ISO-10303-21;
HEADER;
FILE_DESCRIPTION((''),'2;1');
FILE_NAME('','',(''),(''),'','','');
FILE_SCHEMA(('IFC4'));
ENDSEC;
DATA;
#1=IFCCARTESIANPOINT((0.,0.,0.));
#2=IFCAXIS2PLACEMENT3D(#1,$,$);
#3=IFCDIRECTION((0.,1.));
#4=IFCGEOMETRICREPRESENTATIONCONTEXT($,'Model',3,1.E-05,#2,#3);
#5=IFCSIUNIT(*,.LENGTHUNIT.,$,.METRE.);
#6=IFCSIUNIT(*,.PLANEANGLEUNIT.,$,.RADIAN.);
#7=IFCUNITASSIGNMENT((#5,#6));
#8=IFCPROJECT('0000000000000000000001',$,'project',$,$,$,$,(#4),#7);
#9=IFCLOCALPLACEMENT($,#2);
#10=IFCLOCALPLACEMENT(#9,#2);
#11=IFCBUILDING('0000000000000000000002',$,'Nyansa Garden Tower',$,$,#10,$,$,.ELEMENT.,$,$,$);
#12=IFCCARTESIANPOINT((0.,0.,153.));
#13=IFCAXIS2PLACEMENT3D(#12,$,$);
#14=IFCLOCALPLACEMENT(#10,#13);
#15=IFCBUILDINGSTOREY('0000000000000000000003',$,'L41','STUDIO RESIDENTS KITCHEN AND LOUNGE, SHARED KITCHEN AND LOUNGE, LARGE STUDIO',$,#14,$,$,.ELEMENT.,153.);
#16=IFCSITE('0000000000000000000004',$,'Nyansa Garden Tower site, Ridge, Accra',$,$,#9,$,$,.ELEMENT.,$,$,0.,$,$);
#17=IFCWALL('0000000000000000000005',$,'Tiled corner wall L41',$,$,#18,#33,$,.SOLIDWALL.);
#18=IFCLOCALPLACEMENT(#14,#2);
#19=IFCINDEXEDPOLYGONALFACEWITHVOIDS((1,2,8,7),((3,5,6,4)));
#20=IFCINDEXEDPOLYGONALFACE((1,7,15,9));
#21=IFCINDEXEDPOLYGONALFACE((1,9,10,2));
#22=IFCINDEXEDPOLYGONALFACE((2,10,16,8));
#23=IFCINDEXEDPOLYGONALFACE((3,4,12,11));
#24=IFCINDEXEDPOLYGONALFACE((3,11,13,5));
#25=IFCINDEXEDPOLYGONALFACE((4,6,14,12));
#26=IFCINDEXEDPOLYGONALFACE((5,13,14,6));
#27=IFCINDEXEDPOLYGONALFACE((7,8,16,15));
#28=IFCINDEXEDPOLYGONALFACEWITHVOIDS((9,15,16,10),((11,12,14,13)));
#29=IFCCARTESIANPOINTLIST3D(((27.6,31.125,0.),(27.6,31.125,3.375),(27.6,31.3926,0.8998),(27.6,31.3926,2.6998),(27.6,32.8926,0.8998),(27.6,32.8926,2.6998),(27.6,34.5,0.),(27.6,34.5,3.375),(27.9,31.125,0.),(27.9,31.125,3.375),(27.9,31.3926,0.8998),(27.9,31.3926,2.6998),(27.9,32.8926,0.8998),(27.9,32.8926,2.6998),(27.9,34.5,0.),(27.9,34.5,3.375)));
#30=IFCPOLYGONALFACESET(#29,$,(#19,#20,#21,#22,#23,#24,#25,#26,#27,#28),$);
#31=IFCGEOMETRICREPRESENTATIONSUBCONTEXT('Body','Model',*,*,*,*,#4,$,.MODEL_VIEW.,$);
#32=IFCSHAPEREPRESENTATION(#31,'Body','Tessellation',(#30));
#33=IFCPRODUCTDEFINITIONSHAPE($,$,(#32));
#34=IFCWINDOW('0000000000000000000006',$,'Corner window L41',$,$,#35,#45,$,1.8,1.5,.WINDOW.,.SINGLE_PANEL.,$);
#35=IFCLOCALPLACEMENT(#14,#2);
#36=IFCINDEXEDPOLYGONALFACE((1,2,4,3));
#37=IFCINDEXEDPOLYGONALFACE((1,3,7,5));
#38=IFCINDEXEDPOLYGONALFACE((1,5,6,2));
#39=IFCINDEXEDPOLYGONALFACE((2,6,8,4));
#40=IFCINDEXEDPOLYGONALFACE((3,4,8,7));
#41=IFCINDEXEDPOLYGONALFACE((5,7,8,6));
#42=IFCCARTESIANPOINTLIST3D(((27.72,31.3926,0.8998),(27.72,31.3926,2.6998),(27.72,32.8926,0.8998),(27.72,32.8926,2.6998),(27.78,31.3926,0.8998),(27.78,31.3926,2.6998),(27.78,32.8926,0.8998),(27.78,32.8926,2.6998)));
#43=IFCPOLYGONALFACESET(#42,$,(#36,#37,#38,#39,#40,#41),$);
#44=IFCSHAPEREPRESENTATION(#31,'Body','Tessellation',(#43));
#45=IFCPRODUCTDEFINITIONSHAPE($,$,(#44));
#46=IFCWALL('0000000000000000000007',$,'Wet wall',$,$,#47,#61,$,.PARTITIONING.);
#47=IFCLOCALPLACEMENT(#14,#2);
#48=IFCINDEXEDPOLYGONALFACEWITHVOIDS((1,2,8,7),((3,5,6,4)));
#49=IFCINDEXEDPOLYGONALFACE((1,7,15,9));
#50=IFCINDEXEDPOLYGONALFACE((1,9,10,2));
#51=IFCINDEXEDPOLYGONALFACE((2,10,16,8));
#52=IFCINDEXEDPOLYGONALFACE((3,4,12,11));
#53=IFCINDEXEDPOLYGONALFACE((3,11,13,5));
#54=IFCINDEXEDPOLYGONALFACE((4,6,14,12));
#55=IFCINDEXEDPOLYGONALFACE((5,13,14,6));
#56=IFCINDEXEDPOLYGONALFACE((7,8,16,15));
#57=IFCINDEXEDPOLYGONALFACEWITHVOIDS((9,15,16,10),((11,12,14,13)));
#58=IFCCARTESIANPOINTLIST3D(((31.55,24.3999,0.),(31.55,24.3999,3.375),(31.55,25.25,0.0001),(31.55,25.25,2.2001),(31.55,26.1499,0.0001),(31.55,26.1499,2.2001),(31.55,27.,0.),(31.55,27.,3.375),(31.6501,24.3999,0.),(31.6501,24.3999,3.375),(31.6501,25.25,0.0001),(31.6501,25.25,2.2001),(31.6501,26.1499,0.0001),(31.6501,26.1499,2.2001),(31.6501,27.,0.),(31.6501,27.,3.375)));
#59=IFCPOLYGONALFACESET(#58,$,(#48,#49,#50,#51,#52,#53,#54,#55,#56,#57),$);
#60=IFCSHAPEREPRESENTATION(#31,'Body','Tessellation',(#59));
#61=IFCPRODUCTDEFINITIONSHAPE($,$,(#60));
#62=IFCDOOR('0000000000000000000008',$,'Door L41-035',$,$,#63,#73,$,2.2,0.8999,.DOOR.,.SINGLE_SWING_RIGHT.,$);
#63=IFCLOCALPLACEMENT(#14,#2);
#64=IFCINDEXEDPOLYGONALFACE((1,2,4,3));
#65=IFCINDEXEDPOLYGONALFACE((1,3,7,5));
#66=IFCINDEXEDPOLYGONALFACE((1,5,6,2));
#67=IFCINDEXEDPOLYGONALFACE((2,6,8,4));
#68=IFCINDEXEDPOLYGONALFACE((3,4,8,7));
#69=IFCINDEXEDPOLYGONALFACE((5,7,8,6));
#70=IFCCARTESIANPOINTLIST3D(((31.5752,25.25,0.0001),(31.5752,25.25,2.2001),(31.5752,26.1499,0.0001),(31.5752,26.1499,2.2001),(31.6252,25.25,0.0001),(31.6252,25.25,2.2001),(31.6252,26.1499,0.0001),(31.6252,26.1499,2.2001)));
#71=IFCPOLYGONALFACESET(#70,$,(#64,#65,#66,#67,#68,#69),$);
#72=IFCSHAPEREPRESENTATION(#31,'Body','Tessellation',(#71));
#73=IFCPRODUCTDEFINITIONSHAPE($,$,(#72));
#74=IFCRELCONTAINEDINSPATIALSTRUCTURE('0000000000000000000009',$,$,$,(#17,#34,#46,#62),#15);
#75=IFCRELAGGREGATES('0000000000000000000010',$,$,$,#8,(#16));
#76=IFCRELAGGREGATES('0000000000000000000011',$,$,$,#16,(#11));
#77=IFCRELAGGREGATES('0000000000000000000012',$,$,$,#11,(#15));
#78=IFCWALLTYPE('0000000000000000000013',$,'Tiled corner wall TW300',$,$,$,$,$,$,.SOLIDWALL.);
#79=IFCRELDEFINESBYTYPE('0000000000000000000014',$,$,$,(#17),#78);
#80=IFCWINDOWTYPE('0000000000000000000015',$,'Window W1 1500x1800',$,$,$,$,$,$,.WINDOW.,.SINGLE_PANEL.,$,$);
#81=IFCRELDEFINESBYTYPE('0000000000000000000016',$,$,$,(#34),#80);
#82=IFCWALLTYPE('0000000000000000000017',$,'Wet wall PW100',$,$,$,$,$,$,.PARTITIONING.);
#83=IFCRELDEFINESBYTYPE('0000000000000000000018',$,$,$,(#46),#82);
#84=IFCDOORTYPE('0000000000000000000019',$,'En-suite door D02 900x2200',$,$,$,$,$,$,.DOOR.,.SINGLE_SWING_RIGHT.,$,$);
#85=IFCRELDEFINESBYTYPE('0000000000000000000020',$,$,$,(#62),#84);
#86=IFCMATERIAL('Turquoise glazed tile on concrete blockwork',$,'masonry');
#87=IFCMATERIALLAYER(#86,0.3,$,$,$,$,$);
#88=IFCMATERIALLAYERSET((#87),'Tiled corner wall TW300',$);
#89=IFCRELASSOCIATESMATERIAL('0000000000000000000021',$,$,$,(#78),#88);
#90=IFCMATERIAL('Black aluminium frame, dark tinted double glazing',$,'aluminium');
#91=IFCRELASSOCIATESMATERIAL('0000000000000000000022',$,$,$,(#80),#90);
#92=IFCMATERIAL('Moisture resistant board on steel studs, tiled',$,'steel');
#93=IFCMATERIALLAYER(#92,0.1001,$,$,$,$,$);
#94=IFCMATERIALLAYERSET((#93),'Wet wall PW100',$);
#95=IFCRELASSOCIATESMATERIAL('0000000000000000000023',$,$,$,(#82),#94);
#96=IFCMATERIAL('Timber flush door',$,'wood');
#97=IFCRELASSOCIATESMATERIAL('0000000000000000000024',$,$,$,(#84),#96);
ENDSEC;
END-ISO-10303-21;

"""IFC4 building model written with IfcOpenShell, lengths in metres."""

from ifc_helpers import new_model, si_unit, direction, frame, frame_2d, origin, place, context, subcontext, project, spatial, rectangle, extrude, material, layer, layer_set, type_object, element, fill, save


model = new_model("IFC4")

# Units and contexts
model_context = context("Model", 3, precision=1e-05, world=origin(), true_north=direction((0.0, 1.0)))
body_context = subcontext(model_context, "Body", "Model", "MODEL_VIEW")
ifc_project = project(units=[si_unit("LENGTHUNIT", "METRE"), si_unit("PLANEANGLEUNIT", "RADIAN")], contexts=[model_context])

# Site, building, storey
site_placement = place(None, origin())
site = spatial("IfcSite", under=ifc_project, at=site_placement, Name="Nyansa Garden Tower site, Ridge, Accra", CompositionType="ELEMENT", RefElevation=0.0)
building_placement = place(site_placement, origin())
building = spatial("IfcBuilding", under=site, at=building_placement, Name="Nyansa Garden Tower", CompositionType="ELEMENT")
storey_placement = place(building_placement, frame((0.0, 0.0, 153.0)))
storey = spatial("IfcBuildingStorey", under=building, at=storey_placement, Name="L41", Description="STUDIO RESIDENTS KITCHEN AND LOUNGE, SHARED KITCHEN AND LOUNGE, LARGE STUDIO", CompositionType="ELEMENT", Elevation=153.0)

# Wall, opening, window
ifc_material_1 = material(Name="Turquoise glazed tile on concrete blockwork", Category="masonry")
ifc_layer_1 = layer(ifc_material_1, 0.3)
ifc_layer_set_1 = layer_set([ifc_layer_1], Name="Tiled corner wall TW300")
wall_type_1 = type_object("IfcWallType", Name="Tiled corner wall TW300", PredefinedType="SOLIDWALL", material=ifc_layer_set_1)
ifc_material_2 = material(Name="Black aluminium frame, dark tinted double glazing", Category="aluminium")
window_type_1 = type_object("IfcWindowType", Name="Window W1 1500x1800", PartitioningType="SINGLE_PANEL", PredefinedType="WINDOW", material=ifc_material_2)
wall_1_placement = place(storey_placement, frame((27.75, 31.125, 0.0), z_axis=(0.0, 0.0, 1.0), x_axis=(0.0, 1.0, 0.0)))
wall_1 = element("IfcWall", 1, at=wall_1_placement, inside=storey, type_object=wall_type_1, Name="Tiled corner wall L41", PredefinedType="SOLIDWALL", context=body_context, shape_type="SweptSolid", body=[
    extrude(rectangle(XDim=3.375, YDim=0.3, at=frame_2d((1.6875, 0.0))), origin(), (0.0, 0.0, 1.0), 3.375),
])
opening_1_placement = place(wall_1_placement, frame((0.2676, 0.0, 0.8999)))
opening_1 = element("IfcOpeningElement", 2, at=opening_1_placement, cuts=wall_1, PredefinedType="OPENING", context=body_context, shape_type="SweptSolid", body=[
    extrude(rectangle(XDim=1.5, YDim=1.8, at=frame_2d((0.75, 0.8999))), frame((0.0, 0.1599, 0.0), z_axis=(0.0, -1.0, 0.0), x_axis=(1.0, 0.0, 0.0)), (0.0, 0.0, 1.0), 0.3201),
])
window_1_placement = place(opening_1_placement, origin())
window_1 = element("IfcWindow", 3, at=window_1_placement, inside=storey, type_object=window_type_1, Name="Corner window L41", OverallHeight=1.8, OverallWidth=1.5, PartitioningType="SINGLE_PANEL", PredefinedType="WINDOW", context=body_context, shape_type="SweptSolid", body=[
    extrude(rectangle(XDim=1.5, YDim=1.8, at=frame_2d((0.75, 0.8999))), frame((0.0, 0.03, 0.0), z_axis=(0.0, -1.0, 0.0), x_axis=(1.0, 0.0, 0.0)), (0.0, 0.0, 1.0), 0.0601),
])
fill(opening_1, window_1)

# Wall, opening, door
ifc_material_3 = material(Name="Moisture resistant board on steel studs, tiled", Category="steel")
ifc_layer_2 = layer(ifc_material_3, 0.1001)
ifc_layer_set_2 = layer_set([ifc_layer_2], Name="Wet wall PW100")
wall_type_2 = type_object("IfcWallType", Name="Wet wall PW100", PredefinedType="PARTITIONING", material=ifc_layer_set_2)
wall_2_placement = place(storey_placement, frame((31.6001, 24.3999, 0.0), z_axis=(0.0, 0.0, 1.0), x_axis=(0.0, 1.0, 0.0)))
wall_2 = element("IfcWall", 4, at=wall_2_placement, inside=storey, type_object=wall_type_2, Name="Wet wall", PredefinedType="PARTITIONING", context=body_context, shape_type="SweptSolid", body=[
    extrude(rectangle(XDim=2.6001, YDim=0.1001, at=frame_2d((1.3, 0.0))), origin(), (0.0, 0.0, 1.0), 3.375),
])
opening_2_placement = place(wall_2_placement, frame((0.8501, 0.0, 0.0)))
opening_2 = element("IfcOpeningElement", 5, at=opening_2_placement, cuts=wall_2, PredefinedType="OPENING", context=body_context, shape_type="SweptSolid", body=[
    extrude(rectangle(XDim=0.8999, YDim=2.2, at=frame_2d((0.45, 1.1001))), frame((0.0, 0.0601, 0.0), z_axis=(0.0, -1.0, 0.0), x_axis=(1.0, 0.0, 0.0)), (0.0, 0.0, 1.0), 0.1201),
])
ifc_material_4 = material(Name="Timber flush door", Category="wood")
door_type_1 = type_object("IfcDoorType", Name="En-suite door D02 900x2200", OperationType="SINGLE_SWING_RIGHT", PredefinedType="DOOR", material=ifc_material_4)
door_1_placement = place(opening_2_placement, origin())
door_1 = element("IfcDoor", 6, at=door_1_placement, inside=storey, type_object=door_type_1, Name="Door L41-035", OperationType="SINGLE_SWING_RIGHT", OverallHeight=2.2, OverallWidth=0.8999, PredefinedType="DOOR", context=body_context, shape_type="SweptSolid", body=[
    extrude(rectangle(XDim=0.8999, YDim=2.2, at=frame_2d((0.45, 1.1001))), frame((0.0, 0.0249, 0.0), z_axis=(0.0, -1.0, 0.0), x_axis=(1.0, 0.0, 0.0)), (0.0, 0.0, 1.0), 0.05),
])
fill(opening_2, door_1)

save(model, "model.ifc")
